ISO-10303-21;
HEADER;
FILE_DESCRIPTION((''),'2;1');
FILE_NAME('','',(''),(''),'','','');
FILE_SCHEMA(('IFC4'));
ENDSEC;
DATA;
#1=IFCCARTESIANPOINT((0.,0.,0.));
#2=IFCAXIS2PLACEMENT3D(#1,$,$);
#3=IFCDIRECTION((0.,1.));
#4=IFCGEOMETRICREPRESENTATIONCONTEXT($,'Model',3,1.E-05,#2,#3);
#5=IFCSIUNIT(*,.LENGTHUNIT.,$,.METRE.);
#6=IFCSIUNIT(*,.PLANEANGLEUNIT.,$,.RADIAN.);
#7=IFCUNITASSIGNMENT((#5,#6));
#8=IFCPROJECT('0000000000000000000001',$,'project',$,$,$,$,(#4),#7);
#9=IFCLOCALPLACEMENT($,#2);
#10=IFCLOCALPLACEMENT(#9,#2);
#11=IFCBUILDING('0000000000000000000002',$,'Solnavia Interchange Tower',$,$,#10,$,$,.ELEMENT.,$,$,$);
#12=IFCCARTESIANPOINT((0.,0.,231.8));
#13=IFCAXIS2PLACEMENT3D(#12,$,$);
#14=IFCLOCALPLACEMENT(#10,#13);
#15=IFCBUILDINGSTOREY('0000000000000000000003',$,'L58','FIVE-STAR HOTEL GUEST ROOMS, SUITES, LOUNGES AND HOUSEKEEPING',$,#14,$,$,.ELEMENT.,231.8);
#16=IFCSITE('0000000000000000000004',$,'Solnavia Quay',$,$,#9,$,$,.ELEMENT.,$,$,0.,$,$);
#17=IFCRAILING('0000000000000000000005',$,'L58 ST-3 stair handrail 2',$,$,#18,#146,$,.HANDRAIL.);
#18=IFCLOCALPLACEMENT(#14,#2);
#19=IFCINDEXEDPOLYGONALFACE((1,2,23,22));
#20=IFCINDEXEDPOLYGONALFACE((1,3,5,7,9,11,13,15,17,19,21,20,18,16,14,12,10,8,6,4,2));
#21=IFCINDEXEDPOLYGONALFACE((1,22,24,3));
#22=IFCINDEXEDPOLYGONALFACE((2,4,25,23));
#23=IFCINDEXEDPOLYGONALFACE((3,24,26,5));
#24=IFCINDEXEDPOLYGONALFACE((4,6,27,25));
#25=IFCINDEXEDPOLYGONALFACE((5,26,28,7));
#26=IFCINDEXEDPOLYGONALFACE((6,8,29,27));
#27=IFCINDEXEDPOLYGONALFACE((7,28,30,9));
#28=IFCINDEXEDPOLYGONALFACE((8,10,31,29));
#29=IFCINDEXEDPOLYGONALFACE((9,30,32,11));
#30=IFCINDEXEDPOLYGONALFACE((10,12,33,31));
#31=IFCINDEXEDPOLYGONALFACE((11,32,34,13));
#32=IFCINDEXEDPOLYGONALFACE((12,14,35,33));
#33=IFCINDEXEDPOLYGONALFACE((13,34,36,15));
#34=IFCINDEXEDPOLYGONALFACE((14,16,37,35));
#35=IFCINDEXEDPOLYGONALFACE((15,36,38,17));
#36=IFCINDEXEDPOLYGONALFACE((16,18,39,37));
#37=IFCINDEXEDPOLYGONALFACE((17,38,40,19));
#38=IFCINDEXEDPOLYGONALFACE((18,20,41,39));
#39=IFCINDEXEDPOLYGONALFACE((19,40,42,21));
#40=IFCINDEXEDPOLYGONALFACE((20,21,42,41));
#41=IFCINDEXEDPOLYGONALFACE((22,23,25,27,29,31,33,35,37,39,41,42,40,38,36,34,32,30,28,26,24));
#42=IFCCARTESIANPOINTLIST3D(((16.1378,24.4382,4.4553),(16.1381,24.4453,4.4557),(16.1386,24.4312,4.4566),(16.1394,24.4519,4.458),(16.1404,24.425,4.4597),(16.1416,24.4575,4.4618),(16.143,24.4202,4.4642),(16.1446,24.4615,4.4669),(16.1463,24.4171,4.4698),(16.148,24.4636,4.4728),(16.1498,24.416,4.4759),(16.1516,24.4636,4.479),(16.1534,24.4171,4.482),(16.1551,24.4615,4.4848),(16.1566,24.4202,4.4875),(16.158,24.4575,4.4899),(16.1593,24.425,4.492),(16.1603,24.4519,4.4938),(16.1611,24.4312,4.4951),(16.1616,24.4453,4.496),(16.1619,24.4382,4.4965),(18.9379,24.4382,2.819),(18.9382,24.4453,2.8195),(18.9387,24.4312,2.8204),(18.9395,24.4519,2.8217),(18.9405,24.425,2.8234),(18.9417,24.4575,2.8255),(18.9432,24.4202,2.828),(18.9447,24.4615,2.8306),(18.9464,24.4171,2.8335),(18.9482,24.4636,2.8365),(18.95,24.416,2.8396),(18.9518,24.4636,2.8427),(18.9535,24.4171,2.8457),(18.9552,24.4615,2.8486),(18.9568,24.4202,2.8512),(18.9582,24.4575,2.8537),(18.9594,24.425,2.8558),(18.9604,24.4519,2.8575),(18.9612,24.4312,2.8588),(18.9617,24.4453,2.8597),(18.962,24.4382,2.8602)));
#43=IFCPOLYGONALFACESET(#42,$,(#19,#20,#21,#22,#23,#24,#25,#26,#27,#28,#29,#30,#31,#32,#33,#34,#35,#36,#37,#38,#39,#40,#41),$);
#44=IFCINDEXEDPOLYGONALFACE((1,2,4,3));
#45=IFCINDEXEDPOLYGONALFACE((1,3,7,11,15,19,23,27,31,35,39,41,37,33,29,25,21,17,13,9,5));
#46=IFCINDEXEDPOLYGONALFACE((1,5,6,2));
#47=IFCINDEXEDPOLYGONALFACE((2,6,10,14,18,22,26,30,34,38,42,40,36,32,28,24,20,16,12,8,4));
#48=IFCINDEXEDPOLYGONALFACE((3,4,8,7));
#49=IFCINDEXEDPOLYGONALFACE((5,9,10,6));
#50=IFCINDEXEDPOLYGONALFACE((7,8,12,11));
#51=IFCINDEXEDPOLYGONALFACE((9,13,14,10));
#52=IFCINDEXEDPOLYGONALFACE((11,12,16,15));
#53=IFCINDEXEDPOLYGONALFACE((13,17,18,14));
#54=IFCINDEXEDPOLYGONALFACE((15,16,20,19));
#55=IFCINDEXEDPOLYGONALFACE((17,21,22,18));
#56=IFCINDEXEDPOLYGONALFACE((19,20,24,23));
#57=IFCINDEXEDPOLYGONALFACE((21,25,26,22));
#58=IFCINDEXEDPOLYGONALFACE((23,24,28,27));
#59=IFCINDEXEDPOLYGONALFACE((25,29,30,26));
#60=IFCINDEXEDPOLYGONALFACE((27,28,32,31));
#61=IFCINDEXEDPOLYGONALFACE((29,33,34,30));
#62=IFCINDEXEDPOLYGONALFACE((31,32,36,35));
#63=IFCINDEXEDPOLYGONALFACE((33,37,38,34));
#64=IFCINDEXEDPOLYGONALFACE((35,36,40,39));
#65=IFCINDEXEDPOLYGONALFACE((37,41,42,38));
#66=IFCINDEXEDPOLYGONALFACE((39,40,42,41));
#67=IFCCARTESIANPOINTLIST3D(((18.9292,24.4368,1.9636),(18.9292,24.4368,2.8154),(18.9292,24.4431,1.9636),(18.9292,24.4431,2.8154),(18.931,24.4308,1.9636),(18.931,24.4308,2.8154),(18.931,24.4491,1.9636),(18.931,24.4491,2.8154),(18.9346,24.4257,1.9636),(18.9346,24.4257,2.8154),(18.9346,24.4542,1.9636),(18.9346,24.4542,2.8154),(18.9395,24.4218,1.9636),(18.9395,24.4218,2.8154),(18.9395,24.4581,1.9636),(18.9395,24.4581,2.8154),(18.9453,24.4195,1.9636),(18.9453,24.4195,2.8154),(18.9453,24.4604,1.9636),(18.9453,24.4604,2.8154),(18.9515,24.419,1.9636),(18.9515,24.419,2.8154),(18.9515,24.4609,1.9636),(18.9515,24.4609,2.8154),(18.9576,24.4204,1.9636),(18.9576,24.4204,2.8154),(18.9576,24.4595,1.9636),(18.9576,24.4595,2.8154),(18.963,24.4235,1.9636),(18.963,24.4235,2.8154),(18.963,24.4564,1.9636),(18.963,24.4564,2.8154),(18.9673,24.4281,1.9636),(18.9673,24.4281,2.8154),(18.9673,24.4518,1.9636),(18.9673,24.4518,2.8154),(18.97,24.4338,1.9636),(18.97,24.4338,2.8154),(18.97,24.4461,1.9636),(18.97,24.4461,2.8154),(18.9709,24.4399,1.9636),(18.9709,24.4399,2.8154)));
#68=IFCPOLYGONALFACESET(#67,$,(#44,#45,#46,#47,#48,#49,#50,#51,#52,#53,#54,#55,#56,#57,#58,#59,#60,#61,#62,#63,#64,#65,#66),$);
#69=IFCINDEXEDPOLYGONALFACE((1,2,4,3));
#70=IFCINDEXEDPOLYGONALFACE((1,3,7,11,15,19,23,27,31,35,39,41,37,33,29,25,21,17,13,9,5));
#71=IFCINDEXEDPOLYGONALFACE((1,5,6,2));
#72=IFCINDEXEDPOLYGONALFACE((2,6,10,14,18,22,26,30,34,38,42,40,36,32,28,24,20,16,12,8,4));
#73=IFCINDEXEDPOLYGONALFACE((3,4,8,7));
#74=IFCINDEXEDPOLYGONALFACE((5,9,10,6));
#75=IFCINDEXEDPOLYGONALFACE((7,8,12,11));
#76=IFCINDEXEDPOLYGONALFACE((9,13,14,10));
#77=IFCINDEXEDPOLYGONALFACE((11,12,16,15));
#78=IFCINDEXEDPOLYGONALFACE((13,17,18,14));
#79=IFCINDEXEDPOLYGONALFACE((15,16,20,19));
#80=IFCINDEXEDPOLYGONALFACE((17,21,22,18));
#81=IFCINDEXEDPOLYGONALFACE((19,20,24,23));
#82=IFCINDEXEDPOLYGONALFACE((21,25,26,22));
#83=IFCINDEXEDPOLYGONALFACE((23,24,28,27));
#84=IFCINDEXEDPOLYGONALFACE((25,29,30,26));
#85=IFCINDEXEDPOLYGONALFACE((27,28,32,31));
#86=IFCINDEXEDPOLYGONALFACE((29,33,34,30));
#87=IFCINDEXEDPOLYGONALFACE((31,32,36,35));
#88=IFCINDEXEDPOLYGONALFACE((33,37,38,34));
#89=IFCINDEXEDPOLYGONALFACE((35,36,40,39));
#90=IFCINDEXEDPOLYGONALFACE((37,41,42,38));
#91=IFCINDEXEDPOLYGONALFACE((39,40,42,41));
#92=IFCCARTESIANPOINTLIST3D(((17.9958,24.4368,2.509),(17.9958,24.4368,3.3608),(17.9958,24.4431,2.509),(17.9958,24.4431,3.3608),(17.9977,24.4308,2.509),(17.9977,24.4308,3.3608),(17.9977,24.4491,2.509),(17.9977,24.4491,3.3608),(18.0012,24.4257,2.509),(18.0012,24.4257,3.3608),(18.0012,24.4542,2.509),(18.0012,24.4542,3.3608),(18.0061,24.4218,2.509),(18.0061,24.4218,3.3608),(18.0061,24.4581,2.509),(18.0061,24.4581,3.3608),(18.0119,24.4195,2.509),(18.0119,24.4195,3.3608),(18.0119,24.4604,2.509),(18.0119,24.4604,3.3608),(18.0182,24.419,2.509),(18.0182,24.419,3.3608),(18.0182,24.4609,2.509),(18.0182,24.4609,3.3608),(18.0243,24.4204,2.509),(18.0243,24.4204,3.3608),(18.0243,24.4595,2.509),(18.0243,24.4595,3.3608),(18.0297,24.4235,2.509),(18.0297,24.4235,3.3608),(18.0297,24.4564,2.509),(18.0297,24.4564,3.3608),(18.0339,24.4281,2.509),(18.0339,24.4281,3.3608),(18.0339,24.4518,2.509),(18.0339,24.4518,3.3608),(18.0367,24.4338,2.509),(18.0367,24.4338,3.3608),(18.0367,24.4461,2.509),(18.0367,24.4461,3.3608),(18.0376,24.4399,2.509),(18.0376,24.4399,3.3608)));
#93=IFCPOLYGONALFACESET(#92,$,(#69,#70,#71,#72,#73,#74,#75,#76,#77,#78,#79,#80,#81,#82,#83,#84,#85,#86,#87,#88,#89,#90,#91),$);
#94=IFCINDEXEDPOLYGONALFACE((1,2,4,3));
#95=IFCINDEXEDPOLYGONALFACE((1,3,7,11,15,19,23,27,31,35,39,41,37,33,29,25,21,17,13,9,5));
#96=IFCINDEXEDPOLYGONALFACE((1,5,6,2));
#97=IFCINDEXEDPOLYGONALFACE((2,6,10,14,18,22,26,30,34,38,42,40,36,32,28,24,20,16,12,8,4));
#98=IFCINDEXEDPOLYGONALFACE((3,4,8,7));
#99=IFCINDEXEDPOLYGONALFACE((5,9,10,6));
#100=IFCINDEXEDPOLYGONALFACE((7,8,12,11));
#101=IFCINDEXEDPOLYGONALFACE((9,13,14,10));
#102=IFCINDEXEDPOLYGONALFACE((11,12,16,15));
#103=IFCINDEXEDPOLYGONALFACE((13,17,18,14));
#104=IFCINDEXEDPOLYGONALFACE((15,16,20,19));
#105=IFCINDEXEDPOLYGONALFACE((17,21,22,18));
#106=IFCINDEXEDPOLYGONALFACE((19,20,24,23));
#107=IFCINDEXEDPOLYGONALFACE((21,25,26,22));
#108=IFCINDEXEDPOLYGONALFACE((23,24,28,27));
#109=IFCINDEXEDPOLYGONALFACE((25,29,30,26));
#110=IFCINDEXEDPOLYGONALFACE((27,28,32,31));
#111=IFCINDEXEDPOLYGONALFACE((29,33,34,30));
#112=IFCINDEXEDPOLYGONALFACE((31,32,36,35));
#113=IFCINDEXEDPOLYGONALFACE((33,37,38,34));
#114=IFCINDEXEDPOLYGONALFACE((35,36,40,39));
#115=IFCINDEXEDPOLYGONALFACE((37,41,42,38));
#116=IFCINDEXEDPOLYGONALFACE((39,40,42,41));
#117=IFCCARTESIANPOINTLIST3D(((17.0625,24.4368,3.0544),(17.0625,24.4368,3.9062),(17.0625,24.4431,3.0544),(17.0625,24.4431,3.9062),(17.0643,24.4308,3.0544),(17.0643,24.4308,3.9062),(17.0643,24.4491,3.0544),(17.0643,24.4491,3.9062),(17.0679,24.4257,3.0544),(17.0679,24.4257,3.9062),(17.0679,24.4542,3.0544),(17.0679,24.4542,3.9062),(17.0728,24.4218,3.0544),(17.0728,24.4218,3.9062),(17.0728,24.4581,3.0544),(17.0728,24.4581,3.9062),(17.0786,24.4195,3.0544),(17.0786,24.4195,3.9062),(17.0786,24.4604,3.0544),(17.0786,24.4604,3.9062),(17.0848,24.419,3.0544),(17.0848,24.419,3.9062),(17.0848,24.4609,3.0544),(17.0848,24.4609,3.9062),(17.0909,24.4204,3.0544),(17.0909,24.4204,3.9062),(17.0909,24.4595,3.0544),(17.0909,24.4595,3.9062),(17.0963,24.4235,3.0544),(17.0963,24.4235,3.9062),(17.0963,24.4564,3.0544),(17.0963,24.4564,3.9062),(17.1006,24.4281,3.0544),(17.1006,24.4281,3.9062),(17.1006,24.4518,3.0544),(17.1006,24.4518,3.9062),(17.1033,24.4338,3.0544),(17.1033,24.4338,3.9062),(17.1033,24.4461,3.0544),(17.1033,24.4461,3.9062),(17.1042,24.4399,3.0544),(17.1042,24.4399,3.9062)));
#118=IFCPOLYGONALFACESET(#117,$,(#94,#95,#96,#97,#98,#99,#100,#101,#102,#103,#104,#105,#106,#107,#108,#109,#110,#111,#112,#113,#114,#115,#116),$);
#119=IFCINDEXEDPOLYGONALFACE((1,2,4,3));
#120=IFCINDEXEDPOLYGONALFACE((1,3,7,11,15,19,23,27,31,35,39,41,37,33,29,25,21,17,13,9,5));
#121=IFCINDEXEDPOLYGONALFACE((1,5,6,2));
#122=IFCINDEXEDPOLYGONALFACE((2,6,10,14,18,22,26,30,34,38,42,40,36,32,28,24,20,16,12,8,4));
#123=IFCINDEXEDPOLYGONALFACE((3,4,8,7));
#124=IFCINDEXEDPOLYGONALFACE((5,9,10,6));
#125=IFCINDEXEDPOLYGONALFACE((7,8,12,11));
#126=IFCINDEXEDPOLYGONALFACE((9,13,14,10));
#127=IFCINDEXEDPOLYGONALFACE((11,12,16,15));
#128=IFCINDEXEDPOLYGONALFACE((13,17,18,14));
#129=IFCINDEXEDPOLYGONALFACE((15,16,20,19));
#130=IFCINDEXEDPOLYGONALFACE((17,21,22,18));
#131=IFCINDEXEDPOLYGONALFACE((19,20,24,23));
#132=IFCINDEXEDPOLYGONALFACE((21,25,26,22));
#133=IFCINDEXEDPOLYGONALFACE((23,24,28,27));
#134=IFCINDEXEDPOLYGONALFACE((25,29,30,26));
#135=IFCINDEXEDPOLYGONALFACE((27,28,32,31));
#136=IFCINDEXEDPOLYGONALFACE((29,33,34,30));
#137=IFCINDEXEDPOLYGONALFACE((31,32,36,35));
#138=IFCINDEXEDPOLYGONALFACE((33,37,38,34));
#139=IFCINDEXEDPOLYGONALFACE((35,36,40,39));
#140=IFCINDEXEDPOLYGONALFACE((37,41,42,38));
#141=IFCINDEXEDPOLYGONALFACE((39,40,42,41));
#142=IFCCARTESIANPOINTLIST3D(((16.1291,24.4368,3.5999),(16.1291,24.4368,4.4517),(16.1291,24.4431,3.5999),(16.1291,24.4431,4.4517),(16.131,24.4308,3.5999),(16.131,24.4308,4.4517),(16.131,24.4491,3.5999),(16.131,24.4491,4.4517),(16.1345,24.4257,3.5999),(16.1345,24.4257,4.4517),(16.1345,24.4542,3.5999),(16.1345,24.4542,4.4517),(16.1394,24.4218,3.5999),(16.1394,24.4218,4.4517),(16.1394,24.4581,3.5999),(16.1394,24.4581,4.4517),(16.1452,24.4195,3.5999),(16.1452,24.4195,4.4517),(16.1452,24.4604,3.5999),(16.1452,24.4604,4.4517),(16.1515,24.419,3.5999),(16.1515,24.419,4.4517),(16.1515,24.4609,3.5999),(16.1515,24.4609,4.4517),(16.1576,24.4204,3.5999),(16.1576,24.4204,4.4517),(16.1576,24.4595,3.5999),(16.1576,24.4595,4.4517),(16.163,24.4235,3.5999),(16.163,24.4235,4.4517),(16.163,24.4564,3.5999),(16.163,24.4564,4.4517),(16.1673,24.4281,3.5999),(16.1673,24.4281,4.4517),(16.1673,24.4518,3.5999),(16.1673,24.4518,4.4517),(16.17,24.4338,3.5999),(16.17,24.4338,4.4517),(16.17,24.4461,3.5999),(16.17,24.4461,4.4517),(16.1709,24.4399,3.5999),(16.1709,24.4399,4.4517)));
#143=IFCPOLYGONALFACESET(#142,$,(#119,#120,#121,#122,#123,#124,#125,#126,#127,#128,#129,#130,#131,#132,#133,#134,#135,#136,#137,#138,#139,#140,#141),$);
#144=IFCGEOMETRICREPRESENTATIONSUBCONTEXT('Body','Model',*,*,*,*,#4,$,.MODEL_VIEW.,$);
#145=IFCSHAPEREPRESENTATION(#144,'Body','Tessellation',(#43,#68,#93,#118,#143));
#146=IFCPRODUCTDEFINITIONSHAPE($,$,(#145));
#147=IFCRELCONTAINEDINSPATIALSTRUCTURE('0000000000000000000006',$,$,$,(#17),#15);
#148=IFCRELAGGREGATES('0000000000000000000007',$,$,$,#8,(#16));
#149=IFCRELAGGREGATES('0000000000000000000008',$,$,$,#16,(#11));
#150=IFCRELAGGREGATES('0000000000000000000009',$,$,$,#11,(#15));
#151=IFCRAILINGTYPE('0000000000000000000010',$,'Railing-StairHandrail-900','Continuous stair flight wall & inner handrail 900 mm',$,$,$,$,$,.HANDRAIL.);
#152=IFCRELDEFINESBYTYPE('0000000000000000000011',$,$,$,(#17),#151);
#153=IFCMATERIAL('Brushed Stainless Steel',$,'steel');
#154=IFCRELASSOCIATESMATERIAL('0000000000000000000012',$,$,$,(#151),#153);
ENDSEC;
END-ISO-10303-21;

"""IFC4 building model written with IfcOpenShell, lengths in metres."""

from ifc_helpers import new_model, si_unit, direction, frame, origin, origin_2d, place, context, subcontext, project, spatial, circle, extrude, material, type_object, element, save


model = new_model("IFC4")

# Units and contexts
model_context = context("Model", 3, precision=1e-05, world=origin(), true_north=direction((0.0, 1.0)))
body_context = subcontext(model_context, "Body", "Model", "MODEL_VIEW")
ifc_project = project(units=[si_unit("LENGTHUNIT", "METRE"), si_unit("PLANEANGLEUNIT", "RADIAN")], contexts=[model_context])

# Site, building, storey
site_placement = place(None, origin())
site = spatial("IfcSite", under=ifc_project, at=site_placement, Name="Solnavia Quay", CompositionType="ELEMENT", RefElevation=0.0)
building_placement = place(site_placement, origin())
building = spatial("IfcBuilding", under=site, at=building_placement, Name="Solnavia Interchange Tower", CompositionType="ELEMENT")
storey_placement = place(building_placement, frame((0.0, 0.0, 231.8)))
storey = spatial("IfcBuildingStorey", under=building, at=storey_placement, Name="L58", Description="FIVE-STAR HOTEL GUEST ROOMS, SUITES, LOUNGES AND HOUSEKEEPING", CompositionType="ELEMENT", Elevation=231.8)

# Railing
ifc_material_1 = material(Name="Brushed Stainless Steel", Category="steel")
railing_type_1 = type_object("IfcRailingType", Name="Railing-StairHandrail-900", Description="Continuous stair flight wall & inner handrail 900 mm", PredefinedType="HANDRAIL", material=ifc_material_1)
railing_1_placement = place(storey_placement, frame((18.95, 24.4399, 1.9636)))
element("IfcRailing", 1, at=railing_1_placement, inside=storey, type_object=railing_type_1, Name="L58 ST-3 stair handrail 2", PredefinedType="HANDRAIL", context=body_context, shape_type="SweptSolid", body=[
    extrude(circle(Radius=0.0239, at=origin_2d()), frame((0.0, 0.0, 0.876), z_axis=(-0.863394, 0.0, 0.504531), x_axis=(0.0, -1.0, 0.0)), (0.0, 0.0, 1.0), 3.2432),
    extrude(circle(Radius=0.021, at=origin_2d()), origin(), (0.0, 0.0, 1.0), 0.8518),
    extrude(circle(Radius=0.021, at=origin_2d()), frame((-0.9333, 0.0, 0.5454)), (0.0, 0.0, 1.0), 0.8518),
    extrude(circle(Radius=0.021, at=origin_2d()), frame((-1.8667, 0.0, 1.0908)), (0.0, 0.0, 1.0), 0.8518),
    extrude(circle(Radius=0.021, at=origin_2d()), frame((-2.8, 0.0, 1.6362)), (0.0, 0.0, 1.0), 0.8518),
])

save(model, "model.ifc")
